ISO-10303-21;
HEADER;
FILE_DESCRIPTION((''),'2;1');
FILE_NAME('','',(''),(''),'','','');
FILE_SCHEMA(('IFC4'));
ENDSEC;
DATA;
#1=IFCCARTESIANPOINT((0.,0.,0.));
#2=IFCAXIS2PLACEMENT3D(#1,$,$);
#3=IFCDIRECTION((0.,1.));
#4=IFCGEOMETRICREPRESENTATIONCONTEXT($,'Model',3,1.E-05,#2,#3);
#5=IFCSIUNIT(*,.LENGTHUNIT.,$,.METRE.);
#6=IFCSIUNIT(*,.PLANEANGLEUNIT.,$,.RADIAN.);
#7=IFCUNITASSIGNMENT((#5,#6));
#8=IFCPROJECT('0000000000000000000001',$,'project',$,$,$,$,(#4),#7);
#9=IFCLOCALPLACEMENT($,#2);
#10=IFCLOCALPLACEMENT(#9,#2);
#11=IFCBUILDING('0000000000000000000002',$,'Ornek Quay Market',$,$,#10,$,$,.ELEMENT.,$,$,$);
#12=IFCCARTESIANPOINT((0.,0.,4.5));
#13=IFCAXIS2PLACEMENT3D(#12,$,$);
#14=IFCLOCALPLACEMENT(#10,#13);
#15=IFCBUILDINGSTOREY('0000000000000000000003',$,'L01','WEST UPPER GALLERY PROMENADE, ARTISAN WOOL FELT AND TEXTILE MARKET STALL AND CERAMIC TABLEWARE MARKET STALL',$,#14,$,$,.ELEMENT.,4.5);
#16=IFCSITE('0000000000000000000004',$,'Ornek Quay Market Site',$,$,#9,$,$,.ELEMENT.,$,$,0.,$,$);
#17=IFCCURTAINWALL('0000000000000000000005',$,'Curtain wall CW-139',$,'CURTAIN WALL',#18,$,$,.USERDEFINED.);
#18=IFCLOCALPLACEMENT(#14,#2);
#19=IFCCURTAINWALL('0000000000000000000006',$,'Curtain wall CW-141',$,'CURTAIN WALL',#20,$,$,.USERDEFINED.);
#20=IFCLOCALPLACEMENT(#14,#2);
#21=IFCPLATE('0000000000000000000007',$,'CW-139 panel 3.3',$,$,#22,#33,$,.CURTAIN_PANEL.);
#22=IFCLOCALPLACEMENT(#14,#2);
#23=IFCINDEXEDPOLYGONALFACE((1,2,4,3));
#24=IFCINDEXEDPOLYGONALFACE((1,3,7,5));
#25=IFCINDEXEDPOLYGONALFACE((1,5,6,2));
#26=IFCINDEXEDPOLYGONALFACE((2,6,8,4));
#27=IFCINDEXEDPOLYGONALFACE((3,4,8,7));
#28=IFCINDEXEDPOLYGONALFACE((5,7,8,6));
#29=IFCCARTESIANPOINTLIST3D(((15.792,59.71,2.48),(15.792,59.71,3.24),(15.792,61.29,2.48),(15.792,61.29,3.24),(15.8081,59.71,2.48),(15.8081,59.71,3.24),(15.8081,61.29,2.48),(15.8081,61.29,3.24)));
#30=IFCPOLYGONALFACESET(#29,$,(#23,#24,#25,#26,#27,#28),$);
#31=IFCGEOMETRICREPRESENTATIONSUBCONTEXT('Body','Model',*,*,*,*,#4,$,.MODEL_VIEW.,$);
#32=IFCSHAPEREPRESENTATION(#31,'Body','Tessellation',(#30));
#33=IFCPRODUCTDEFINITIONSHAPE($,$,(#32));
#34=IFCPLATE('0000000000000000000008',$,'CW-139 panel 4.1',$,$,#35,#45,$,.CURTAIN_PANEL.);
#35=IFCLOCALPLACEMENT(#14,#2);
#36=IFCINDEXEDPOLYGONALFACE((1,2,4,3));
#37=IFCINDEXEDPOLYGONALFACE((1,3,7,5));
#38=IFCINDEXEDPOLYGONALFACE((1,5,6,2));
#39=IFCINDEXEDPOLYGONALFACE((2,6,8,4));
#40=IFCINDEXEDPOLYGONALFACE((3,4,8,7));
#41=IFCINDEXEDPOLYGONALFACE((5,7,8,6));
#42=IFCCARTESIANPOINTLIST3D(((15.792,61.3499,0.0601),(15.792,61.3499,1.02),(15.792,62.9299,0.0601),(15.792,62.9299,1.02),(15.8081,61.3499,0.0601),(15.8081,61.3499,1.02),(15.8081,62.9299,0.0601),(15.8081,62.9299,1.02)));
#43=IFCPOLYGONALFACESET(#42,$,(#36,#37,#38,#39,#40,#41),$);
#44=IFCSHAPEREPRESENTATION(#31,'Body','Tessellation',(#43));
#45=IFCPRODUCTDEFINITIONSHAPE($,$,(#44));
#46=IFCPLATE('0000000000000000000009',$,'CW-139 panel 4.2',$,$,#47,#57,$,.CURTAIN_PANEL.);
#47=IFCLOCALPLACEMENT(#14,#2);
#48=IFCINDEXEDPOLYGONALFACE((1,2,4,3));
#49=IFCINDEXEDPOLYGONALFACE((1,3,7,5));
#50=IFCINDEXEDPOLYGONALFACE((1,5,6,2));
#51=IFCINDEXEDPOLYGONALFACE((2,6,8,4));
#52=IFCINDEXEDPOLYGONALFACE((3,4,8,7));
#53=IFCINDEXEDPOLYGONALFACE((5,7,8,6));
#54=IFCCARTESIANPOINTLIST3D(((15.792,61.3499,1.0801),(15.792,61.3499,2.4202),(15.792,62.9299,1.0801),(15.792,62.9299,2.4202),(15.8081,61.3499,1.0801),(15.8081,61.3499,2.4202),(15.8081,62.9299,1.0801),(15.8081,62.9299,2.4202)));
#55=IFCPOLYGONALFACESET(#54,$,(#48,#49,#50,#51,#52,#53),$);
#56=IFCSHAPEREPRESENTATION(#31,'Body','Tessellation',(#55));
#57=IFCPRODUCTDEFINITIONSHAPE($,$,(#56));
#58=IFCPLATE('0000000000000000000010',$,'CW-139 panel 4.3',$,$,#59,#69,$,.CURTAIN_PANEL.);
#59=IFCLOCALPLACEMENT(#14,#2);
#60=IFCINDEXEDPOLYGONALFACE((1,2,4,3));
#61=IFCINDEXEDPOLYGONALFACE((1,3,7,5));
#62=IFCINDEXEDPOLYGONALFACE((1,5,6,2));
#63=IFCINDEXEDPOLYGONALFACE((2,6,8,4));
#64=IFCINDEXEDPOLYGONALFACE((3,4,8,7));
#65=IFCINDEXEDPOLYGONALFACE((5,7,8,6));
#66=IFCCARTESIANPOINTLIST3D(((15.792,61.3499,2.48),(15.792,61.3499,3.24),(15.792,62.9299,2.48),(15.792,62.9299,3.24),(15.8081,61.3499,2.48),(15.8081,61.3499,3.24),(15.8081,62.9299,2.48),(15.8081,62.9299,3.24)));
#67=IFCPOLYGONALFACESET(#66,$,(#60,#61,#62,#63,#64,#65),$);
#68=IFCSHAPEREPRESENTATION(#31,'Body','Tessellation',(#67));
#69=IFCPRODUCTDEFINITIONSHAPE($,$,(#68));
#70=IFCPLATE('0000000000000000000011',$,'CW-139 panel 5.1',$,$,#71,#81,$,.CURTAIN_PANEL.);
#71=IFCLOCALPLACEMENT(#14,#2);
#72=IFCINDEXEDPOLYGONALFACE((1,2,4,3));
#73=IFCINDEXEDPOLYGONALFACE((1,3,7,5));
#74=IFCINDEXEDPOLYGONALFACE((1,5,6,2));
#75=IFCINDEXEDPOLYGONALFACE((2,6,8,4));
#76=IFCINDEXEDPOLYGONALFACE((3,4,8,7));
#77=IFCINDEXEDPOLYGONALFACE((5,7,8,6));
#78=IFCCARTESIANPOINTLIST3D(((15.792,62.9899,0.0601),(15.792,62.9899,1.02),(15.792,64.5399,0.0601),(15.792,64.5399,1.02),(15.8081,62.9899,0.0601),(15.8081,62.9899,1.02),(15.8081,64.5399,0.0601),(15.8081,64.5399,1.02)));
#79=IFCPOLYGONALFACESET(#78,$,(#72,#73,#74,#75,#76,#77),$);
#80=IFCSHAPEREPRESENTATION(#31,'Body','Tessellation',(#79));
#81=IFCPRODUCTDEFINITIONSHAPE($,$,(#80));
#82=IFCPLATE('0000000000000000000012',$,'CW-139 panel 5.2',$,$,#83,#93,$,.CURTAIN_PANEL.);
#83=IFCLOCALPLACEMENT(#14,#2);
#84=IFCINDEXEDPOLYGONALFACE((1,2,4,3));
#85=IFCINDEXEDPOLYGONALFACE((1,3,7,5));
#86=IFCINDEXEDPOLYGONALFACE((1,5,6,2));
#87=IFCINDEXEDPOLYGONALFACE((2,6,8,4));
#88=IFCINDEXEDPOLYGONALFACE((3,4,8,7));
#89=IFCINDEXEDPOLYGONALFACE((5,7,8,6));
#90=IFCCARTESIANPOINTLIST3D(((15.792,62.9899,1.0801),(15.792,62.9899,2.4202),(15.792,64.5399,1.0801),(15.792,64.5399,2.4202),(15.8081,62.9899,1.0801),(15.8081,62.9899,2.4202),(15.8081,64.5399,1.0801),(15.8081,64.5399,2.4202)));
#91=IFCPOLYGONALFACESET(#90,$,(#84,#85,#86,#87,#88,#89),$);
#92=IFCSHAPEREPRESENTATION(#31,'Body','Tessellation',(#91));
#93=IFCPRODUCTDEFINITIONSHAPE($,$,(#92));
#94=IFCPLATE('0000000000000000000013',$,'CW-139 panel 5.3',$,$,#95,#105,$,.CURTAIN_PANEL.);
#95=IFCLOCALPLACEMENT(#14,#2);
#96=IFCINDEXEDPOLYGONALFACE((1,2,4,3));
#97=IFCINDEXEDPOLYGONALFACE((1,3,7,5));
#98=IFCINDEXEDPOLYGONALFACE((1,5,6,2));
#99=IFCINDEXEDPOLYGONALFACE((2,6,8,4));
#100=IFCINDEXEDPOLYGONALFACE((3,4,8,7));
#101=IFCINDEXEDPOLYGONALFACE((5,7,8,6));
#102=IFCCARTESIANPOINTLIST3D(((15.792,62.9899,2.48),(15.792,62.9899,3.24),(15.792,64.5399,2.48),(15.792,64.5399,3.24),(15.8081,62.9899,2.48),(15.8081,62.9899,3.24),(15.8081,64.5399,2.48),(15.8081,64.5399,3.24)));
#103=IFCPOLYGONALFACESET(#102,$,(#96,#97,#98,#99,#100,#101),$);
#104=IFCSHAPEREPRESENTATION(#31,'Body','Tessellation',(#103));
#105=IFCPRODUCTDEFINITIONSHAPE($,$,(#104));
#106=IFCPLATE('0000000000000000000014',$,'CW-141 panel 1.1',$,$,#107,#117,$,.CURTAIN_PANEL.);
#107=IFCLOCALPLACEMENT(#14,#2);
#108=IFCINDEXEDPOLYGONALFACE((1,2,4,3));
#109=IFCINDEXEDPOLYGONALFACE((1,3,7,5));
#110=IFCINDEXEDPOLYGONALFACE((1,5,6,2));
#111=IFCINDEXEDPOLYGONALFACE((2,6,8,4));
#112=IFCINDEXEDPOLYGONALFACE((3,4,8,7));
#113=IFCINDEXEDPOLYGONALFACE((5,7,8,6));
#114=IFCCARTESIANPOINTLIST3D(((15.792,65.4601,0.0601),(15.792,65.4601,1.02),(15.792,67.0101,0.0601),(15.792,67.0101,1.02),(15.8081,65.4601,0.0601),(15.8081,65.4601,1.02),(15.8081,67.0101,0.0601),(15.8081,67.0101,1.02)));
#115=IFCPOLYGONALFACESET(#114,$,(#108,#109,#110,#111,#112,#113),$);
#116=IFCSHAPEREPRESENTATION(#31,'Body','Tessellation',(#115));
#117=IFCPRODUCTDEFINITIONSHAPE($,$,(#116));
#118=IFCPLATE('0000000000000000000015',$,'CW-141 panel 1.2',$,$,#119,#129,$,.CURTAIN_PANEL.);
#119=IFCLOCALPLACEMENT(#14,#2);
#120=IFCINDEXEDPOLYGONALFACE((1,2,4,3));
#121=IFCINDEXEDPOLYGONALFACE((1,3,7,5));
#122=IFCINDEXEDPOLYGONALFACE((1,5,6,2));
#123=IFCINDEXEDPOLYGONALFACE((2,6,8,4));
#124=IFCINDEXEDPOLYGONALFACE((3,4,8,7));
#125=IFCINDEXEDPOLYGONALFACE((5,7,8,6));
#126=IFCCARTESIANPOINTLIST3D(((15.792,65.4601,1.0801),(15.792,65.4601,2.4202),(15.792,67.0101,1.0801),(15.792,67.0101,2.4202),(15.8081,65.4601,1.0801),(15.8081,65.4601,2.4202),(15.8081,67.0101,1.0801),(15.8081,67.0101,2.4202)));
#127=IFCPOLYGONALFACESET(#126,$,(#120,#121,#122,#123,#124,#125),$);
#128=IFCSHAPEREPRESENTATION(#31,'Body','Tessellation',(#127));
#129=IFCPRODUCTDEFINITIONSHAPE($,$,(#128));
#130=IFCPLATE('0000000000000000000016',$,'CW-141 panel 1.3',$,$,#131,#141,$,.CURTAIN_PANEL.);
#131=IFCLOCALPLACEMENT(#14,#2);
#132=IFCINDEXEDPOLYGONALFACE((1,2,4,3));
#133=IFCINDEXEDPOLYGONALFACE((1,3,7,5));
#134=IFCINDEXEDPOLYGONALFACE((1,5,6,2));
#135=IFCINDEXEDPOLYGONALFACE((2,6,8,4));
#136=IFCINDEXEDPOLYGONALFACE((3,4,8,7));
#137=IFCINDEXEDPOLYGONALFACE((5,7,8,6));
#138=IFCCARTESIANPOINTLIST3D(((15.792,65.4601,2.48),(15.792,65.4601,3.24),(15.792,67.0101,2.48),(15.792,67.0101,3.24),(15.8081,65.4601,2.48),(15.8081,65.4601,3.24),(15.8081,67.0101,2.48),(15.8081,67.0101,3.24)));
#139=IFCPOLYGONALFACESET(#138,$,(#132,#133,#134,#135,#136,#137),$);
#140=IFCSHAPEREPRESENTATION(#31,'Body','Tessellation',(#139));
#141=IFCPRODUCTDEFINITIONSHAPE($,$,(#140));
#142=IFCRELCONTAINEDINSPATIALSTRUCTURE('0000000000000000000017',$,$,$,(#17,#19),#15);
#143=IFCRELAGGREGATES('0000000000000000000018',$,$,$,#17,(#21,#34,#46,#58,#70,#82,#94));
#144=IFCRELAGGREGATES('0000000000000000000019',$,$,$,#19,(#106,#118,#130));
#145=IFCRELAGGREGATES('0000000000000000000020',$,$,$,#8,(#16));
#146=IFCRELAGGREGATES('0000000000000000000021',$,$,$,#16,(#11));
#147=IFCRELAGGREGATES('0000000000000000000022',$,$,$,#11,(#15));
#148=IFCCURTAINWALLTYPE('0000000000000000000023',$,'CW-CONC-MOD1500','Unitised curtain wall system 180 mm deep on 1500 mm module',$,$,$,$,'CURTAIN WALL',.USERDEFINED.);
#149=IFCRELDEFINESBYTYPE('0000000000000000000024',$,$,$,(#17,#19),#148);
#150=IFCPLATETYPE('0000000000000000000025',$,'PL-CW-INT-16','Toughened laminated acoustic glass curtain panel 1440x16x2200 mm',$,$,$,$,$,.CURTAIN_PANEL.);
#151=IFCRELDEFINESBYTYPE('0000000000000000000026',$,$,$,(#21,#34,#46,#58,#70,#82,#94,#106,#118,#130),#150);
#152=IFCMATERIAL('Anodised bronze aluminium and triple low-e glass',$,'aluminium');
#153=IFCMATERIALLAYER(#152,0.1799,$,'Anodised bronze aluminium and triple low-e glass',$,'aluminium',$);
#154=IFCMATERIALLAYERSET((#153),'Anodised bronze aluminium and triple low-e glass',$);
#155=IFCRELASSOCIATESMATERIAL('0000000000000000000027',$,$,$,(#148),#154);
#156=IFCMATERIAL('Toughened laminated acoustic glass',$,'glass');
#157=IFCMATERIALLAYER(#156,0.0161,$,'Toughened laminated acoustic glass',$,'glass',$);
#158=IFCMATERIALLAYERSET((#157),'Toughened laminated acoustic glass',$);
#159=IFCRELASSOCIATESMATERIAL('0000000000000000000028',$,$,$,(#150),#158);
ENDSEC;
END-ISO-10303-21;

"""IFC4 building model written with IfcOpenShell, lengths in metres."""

from ifc_helpers import new_model, si_unit, direction, frame, origin, origin_2d, place, context, subcontext, project, spatial, rectangle, extrude, material, layer, layer_set, type_object, element, aggregate, save


model = new_model("IFC4")

# Units and contexts
model_context = context("Model", 3, precision=1e-05, world=origin(), true_north=direction((0.0, 1.0)))
body_context = subcontext(model_context, "Body", "Model", "MODEL_VIEW")
ifc_project = project(units=[si_unit("LENGTHUNIT", "METRE"), si_unit("PLANEANGLEUNIT", "RADIAN")], contexts=[model_context])

# Site, building, storey
site_placement = place(None, origin())
site = spatial("IfcSite", under=ifc_project, at=site_placement, Name="Ornek Quay Market Site", CompositionType="ELEMENT", RefElevation=0.0)
building_placement = place(site_placement, origin())
building = spatial("IfcBuilding", under=site, at=building_placement, Name="Ornek Quay Market", CompositionType="ELEMENT")
storey_placement = place(building_placement, frame((0.0, 0.0, 4.5)))
storey = spatial("IfcBuildingStorey", under=building, at=storey_placement, Name="L01", Description="WEST UPPER GALLERY PROMENADE, ARTISAN WOOL FELT AND TEXTILE MARKET STALL AND CERAMIC TABLEWARE MARKET STALL", CompositionType="ELEMENT", Elevation=4.5)

# Curtain wall
ifc_material_1 = material(Name="Anodised bronze aluminium and triple low-e glass", Category="aluminium")
ifc_layer_1 = layer(ifc_material_1, 0.1799, Name="Anodised bronze aluminium and triple low-e glass", Category="aluminium")
ifc_layer_set_1 = layer_set([ifc_layer_1], Name="Anodised bronze aluminium and triple low-e glass")
curtain_wall_type = type_object("IfcCurtainWallType", Name="CW-CONC-MOD1500", Description="Unitised curtain wall system 180 mm deep on 1500 mm module", ElementType="CURTAIN WALL", PredefinedType="USERDEFINED", material=ifc_layer_set_1)
curtain_wall_1_placement = place(storey_placement, origin())
curtain_wall_1 = element("IfcCurtainWall", 1, at=curtain_wall_1_placement, inside=storey, type_object=curtain_wall_type, Name="Curtain wall CW-139", ObjectType="CURTAIN WALL", PredefinedType="USERDEFINED")

# Curtain wall
curtain_wall_2_placement = place(storey_placement, origin())
curtain_wall_2 = element("IfcCurtainWall", 2, at=curtain_wall_2_placement, inside=storey, type_object=curtain_wall_type, Name="Curtain wall CW-141", ObjectType="CURTAIN WALL", PredefinedType="USERDEFINED")

# Plates
ifc_material_2 = material(Name="Toughened laminated acoustic glass", Category="glass")
ifc_layer_2 = layer(ifc_material_2, 0.0161, Name="Toughened laminated acoustic glass", Category="glass")
ifc_layer_set_2 = layer_set([ifc_layer_2], Name="Toughened laminated acoustic glass")
plate_type = type_object("IfcPlateType", Name="PL-CW-INT-16", Description="Toughened laminated acoustic glass curtain panel 1440x16x2200 mm", PredefinedType="CURTAIN_PANEL", material=ifc_layer_set_2)
plate_1_placement = place(storey_placement, frame((15.8, 60.5, 2.48), z_axis=(0.0, 0.0, 1.0), x_axis=(0.0, 1.0, 0.0)))
plate_1 = element("IfcPlate", 3, at=plate_1_placement, type_object=plate_type, Name="CW-139 panel 3.3", PredefinedType="CURTAIN_PANEL", context=body_context, shape_type="SweptSolid", body=[
    extrude(rectangle(XDim=1.5801, YDim=0.0161, at=origin_2d()), origin(), (0.0, 0.0, 1.0), 0.76),
])
plate_2_placement = place(storey_placement, frame((15.8, 62.1399, 0.0601), z_axis=(0.0, 0.0, 1.0), x_axis=(0.0, 1.0, 0.0)))
plate_2 = element("IfcPlate", 4, at=plate_2_placement, type_object=plate_type, Name="CW-139 panel 4.1", PredefinedType="CURTAIN_PANEL", context=body_context, shape_type="SweptSolid", body=[
    extrude(rectangle(XDim=1.5801, YDim=0.0161, at=origin_2d()), origin(), (0.0, 0.0, 1.0), 0.96),
])
plate_3_placement = place(storey_placement, frame((15.8, 62.1399, 1.0801), z_axis=(0.0, 0.0, 1.0), x_axis=(0.0, 1.0, 0.0)))
plate_3 = element("IfcPlate", 5, at=plate_3_placement, type_object=plate_type, Name="CW-139 panel 4.2", PredefinedType="CURTAIN_PANEL", context=body_context, shape_type="SweptSolid", body=[
    extrude(rectangle(XDim=1.5801, YDim=0.0161, at=origin_2d()), origin(), (0.0, 0.0, 1.0), 1.3401),
])
plate_4_placement = place(storey_placement, frame((15.8, 62.1399, 2.48), z_axis=(0.0, 0.0, 1.0), x_axis=(0.0, 1.0, 0.0)))
plate_4 = element("IfcPlate", 6, at=plate_4_placement, type_object=plate_type, Name="CW-139 panel 4.3", PredefinedType="CURTAIN_PANEL", context=body_context, shape_type="SweptSolid", body=[
    extrude(rectangle(XDim=1.5801, YDim=0.0161, at=origin_2d()), origin(), (0.0, 0.0, 1.0), 0.76),
])
plate_5_placement = place(storey_placement, frame((15.8, 63.7649, 0.0601), z_axis=(0.0, 0.0, 1.0), x_axis=(0.0, 1.0, 0.0)))
plate_5 = element("IfcPlate", 7, at=plate_5_placement, type_object=plate_type, Name="CW-139 panel 5.1", PredefinedType="CURTAIN_PANEL", context=body_context, shape_type="SweptSolid", body=[
    extrude(rectangle(XDim=1.55, YDim=0.0161, at=origin_2d()), origin(), (0.0, 0.0, 1.0), 0.96),
])
plate_6_placement = place(storey_placement, frame((15.8, 63.7649, 1.0801), z_axis=(0.0, 0.0, 1.0), x_axis=(0.0, 1.0, 0.0)))
plate_6 = element("IfcPlate", 8, at=plate_6_placement, type_object=plate_type, Name="CW-139 panel 5.2", PredefinedType="CURTAIN_PANEL", context=body_context, shape_type="SweptSolid", body=[
    extrude(rectangle(XDim=1.55, YDim=0.0161, at=origin_2d()), origin(), (0.0, 0.0, 1.0), 1.3401),
])
plate_7_placement = place(storey_placement, frame((15.8, 63.7649, 2.48), z_axis=(0.0, 0.0, 1.0), x_axis=(0.0, 1.0, 0.0)))
plate_7 = element("IfcPlate", 9, at=plate_7_placement, type_object=plate_type, Name="CW-139 panel 5.3", PredefinedType="CURTAIN_PANEL", context=body_context, shape_type="SweptSolid", body=[
    extrude(rectangle(XDim=1.55, YDim=0.0161, at=origin_2d()), origin(), (0.0, 0.0, 1.0), 0.76),
])
aggregate(curtain_wall_1, [plate_1, plate_2, plate_3, plate_4, plate_5, plate_6, plate_7])
plate_8_placement = place(storey_placement, frame((15.8, 66.2351, 0.0601), z_axis=(0.0, 0.0, 1.0), x_axis=(0.0, 1.0, 0.0)))
plate_8 = element("IfcPlate", 10, at=plate_8_placement, type_object=plate_type, Name="CW-141 panel 1.1", PredefinedType="CURTAIN_PANEL", context=body_context, shape_type="SweptSolid", body=[
    extrude(rectangle(XDim=1.55, YDim=0.0161, at=origin_2d()), origin(), (0.0, 0.0, 1.0), 0.96),
])
plate_9_placement = place(storey_placement, frame((15.8, 66.2351, 1.0801), z_axis=(0.0, 0.0, 1.0), x_axis=(0.0, 1.0, 0.0)))
plate_9 = element("IfcPlate", 11, at=plate_9_placement, type_object=plate_type, Name="CW-141 panel 1.2", PredefinedType="CURTAIN_PANEL", context=body_context, shape_type="SweptSolid", body=[
    extrude(rectangle(XDim=1.55, YDim=0.0161, at=origin_2d()), origin(), (0.0, 0.0, 1.0), 1.3401),
])
plate_10_placement = place(storey_placement, frame((15.8, 66.2351, 2.48), z_axis=(0.0, 0.0, 1.0), x_axis=(0.0, 1.0, 0.0)))
plate_10 = element("IfcPlate", 12, at=plate_10_placement, type_object=plate_type, Name="CW-141 panel 1.3", PredefinedType="CURTAIN_PANEL", context=body_context, shape_type="SweptSolid", body=[
    extrude(rectangle(XDim=1.55, YDim=0.0161, at=origin_2d()), origin(), (0.0, 0.0, 1.0), 0.76),
])
aggregate(curtain_wall_2, [plate_8, plate_9, plate_10])

save(model, "model.ifc")
